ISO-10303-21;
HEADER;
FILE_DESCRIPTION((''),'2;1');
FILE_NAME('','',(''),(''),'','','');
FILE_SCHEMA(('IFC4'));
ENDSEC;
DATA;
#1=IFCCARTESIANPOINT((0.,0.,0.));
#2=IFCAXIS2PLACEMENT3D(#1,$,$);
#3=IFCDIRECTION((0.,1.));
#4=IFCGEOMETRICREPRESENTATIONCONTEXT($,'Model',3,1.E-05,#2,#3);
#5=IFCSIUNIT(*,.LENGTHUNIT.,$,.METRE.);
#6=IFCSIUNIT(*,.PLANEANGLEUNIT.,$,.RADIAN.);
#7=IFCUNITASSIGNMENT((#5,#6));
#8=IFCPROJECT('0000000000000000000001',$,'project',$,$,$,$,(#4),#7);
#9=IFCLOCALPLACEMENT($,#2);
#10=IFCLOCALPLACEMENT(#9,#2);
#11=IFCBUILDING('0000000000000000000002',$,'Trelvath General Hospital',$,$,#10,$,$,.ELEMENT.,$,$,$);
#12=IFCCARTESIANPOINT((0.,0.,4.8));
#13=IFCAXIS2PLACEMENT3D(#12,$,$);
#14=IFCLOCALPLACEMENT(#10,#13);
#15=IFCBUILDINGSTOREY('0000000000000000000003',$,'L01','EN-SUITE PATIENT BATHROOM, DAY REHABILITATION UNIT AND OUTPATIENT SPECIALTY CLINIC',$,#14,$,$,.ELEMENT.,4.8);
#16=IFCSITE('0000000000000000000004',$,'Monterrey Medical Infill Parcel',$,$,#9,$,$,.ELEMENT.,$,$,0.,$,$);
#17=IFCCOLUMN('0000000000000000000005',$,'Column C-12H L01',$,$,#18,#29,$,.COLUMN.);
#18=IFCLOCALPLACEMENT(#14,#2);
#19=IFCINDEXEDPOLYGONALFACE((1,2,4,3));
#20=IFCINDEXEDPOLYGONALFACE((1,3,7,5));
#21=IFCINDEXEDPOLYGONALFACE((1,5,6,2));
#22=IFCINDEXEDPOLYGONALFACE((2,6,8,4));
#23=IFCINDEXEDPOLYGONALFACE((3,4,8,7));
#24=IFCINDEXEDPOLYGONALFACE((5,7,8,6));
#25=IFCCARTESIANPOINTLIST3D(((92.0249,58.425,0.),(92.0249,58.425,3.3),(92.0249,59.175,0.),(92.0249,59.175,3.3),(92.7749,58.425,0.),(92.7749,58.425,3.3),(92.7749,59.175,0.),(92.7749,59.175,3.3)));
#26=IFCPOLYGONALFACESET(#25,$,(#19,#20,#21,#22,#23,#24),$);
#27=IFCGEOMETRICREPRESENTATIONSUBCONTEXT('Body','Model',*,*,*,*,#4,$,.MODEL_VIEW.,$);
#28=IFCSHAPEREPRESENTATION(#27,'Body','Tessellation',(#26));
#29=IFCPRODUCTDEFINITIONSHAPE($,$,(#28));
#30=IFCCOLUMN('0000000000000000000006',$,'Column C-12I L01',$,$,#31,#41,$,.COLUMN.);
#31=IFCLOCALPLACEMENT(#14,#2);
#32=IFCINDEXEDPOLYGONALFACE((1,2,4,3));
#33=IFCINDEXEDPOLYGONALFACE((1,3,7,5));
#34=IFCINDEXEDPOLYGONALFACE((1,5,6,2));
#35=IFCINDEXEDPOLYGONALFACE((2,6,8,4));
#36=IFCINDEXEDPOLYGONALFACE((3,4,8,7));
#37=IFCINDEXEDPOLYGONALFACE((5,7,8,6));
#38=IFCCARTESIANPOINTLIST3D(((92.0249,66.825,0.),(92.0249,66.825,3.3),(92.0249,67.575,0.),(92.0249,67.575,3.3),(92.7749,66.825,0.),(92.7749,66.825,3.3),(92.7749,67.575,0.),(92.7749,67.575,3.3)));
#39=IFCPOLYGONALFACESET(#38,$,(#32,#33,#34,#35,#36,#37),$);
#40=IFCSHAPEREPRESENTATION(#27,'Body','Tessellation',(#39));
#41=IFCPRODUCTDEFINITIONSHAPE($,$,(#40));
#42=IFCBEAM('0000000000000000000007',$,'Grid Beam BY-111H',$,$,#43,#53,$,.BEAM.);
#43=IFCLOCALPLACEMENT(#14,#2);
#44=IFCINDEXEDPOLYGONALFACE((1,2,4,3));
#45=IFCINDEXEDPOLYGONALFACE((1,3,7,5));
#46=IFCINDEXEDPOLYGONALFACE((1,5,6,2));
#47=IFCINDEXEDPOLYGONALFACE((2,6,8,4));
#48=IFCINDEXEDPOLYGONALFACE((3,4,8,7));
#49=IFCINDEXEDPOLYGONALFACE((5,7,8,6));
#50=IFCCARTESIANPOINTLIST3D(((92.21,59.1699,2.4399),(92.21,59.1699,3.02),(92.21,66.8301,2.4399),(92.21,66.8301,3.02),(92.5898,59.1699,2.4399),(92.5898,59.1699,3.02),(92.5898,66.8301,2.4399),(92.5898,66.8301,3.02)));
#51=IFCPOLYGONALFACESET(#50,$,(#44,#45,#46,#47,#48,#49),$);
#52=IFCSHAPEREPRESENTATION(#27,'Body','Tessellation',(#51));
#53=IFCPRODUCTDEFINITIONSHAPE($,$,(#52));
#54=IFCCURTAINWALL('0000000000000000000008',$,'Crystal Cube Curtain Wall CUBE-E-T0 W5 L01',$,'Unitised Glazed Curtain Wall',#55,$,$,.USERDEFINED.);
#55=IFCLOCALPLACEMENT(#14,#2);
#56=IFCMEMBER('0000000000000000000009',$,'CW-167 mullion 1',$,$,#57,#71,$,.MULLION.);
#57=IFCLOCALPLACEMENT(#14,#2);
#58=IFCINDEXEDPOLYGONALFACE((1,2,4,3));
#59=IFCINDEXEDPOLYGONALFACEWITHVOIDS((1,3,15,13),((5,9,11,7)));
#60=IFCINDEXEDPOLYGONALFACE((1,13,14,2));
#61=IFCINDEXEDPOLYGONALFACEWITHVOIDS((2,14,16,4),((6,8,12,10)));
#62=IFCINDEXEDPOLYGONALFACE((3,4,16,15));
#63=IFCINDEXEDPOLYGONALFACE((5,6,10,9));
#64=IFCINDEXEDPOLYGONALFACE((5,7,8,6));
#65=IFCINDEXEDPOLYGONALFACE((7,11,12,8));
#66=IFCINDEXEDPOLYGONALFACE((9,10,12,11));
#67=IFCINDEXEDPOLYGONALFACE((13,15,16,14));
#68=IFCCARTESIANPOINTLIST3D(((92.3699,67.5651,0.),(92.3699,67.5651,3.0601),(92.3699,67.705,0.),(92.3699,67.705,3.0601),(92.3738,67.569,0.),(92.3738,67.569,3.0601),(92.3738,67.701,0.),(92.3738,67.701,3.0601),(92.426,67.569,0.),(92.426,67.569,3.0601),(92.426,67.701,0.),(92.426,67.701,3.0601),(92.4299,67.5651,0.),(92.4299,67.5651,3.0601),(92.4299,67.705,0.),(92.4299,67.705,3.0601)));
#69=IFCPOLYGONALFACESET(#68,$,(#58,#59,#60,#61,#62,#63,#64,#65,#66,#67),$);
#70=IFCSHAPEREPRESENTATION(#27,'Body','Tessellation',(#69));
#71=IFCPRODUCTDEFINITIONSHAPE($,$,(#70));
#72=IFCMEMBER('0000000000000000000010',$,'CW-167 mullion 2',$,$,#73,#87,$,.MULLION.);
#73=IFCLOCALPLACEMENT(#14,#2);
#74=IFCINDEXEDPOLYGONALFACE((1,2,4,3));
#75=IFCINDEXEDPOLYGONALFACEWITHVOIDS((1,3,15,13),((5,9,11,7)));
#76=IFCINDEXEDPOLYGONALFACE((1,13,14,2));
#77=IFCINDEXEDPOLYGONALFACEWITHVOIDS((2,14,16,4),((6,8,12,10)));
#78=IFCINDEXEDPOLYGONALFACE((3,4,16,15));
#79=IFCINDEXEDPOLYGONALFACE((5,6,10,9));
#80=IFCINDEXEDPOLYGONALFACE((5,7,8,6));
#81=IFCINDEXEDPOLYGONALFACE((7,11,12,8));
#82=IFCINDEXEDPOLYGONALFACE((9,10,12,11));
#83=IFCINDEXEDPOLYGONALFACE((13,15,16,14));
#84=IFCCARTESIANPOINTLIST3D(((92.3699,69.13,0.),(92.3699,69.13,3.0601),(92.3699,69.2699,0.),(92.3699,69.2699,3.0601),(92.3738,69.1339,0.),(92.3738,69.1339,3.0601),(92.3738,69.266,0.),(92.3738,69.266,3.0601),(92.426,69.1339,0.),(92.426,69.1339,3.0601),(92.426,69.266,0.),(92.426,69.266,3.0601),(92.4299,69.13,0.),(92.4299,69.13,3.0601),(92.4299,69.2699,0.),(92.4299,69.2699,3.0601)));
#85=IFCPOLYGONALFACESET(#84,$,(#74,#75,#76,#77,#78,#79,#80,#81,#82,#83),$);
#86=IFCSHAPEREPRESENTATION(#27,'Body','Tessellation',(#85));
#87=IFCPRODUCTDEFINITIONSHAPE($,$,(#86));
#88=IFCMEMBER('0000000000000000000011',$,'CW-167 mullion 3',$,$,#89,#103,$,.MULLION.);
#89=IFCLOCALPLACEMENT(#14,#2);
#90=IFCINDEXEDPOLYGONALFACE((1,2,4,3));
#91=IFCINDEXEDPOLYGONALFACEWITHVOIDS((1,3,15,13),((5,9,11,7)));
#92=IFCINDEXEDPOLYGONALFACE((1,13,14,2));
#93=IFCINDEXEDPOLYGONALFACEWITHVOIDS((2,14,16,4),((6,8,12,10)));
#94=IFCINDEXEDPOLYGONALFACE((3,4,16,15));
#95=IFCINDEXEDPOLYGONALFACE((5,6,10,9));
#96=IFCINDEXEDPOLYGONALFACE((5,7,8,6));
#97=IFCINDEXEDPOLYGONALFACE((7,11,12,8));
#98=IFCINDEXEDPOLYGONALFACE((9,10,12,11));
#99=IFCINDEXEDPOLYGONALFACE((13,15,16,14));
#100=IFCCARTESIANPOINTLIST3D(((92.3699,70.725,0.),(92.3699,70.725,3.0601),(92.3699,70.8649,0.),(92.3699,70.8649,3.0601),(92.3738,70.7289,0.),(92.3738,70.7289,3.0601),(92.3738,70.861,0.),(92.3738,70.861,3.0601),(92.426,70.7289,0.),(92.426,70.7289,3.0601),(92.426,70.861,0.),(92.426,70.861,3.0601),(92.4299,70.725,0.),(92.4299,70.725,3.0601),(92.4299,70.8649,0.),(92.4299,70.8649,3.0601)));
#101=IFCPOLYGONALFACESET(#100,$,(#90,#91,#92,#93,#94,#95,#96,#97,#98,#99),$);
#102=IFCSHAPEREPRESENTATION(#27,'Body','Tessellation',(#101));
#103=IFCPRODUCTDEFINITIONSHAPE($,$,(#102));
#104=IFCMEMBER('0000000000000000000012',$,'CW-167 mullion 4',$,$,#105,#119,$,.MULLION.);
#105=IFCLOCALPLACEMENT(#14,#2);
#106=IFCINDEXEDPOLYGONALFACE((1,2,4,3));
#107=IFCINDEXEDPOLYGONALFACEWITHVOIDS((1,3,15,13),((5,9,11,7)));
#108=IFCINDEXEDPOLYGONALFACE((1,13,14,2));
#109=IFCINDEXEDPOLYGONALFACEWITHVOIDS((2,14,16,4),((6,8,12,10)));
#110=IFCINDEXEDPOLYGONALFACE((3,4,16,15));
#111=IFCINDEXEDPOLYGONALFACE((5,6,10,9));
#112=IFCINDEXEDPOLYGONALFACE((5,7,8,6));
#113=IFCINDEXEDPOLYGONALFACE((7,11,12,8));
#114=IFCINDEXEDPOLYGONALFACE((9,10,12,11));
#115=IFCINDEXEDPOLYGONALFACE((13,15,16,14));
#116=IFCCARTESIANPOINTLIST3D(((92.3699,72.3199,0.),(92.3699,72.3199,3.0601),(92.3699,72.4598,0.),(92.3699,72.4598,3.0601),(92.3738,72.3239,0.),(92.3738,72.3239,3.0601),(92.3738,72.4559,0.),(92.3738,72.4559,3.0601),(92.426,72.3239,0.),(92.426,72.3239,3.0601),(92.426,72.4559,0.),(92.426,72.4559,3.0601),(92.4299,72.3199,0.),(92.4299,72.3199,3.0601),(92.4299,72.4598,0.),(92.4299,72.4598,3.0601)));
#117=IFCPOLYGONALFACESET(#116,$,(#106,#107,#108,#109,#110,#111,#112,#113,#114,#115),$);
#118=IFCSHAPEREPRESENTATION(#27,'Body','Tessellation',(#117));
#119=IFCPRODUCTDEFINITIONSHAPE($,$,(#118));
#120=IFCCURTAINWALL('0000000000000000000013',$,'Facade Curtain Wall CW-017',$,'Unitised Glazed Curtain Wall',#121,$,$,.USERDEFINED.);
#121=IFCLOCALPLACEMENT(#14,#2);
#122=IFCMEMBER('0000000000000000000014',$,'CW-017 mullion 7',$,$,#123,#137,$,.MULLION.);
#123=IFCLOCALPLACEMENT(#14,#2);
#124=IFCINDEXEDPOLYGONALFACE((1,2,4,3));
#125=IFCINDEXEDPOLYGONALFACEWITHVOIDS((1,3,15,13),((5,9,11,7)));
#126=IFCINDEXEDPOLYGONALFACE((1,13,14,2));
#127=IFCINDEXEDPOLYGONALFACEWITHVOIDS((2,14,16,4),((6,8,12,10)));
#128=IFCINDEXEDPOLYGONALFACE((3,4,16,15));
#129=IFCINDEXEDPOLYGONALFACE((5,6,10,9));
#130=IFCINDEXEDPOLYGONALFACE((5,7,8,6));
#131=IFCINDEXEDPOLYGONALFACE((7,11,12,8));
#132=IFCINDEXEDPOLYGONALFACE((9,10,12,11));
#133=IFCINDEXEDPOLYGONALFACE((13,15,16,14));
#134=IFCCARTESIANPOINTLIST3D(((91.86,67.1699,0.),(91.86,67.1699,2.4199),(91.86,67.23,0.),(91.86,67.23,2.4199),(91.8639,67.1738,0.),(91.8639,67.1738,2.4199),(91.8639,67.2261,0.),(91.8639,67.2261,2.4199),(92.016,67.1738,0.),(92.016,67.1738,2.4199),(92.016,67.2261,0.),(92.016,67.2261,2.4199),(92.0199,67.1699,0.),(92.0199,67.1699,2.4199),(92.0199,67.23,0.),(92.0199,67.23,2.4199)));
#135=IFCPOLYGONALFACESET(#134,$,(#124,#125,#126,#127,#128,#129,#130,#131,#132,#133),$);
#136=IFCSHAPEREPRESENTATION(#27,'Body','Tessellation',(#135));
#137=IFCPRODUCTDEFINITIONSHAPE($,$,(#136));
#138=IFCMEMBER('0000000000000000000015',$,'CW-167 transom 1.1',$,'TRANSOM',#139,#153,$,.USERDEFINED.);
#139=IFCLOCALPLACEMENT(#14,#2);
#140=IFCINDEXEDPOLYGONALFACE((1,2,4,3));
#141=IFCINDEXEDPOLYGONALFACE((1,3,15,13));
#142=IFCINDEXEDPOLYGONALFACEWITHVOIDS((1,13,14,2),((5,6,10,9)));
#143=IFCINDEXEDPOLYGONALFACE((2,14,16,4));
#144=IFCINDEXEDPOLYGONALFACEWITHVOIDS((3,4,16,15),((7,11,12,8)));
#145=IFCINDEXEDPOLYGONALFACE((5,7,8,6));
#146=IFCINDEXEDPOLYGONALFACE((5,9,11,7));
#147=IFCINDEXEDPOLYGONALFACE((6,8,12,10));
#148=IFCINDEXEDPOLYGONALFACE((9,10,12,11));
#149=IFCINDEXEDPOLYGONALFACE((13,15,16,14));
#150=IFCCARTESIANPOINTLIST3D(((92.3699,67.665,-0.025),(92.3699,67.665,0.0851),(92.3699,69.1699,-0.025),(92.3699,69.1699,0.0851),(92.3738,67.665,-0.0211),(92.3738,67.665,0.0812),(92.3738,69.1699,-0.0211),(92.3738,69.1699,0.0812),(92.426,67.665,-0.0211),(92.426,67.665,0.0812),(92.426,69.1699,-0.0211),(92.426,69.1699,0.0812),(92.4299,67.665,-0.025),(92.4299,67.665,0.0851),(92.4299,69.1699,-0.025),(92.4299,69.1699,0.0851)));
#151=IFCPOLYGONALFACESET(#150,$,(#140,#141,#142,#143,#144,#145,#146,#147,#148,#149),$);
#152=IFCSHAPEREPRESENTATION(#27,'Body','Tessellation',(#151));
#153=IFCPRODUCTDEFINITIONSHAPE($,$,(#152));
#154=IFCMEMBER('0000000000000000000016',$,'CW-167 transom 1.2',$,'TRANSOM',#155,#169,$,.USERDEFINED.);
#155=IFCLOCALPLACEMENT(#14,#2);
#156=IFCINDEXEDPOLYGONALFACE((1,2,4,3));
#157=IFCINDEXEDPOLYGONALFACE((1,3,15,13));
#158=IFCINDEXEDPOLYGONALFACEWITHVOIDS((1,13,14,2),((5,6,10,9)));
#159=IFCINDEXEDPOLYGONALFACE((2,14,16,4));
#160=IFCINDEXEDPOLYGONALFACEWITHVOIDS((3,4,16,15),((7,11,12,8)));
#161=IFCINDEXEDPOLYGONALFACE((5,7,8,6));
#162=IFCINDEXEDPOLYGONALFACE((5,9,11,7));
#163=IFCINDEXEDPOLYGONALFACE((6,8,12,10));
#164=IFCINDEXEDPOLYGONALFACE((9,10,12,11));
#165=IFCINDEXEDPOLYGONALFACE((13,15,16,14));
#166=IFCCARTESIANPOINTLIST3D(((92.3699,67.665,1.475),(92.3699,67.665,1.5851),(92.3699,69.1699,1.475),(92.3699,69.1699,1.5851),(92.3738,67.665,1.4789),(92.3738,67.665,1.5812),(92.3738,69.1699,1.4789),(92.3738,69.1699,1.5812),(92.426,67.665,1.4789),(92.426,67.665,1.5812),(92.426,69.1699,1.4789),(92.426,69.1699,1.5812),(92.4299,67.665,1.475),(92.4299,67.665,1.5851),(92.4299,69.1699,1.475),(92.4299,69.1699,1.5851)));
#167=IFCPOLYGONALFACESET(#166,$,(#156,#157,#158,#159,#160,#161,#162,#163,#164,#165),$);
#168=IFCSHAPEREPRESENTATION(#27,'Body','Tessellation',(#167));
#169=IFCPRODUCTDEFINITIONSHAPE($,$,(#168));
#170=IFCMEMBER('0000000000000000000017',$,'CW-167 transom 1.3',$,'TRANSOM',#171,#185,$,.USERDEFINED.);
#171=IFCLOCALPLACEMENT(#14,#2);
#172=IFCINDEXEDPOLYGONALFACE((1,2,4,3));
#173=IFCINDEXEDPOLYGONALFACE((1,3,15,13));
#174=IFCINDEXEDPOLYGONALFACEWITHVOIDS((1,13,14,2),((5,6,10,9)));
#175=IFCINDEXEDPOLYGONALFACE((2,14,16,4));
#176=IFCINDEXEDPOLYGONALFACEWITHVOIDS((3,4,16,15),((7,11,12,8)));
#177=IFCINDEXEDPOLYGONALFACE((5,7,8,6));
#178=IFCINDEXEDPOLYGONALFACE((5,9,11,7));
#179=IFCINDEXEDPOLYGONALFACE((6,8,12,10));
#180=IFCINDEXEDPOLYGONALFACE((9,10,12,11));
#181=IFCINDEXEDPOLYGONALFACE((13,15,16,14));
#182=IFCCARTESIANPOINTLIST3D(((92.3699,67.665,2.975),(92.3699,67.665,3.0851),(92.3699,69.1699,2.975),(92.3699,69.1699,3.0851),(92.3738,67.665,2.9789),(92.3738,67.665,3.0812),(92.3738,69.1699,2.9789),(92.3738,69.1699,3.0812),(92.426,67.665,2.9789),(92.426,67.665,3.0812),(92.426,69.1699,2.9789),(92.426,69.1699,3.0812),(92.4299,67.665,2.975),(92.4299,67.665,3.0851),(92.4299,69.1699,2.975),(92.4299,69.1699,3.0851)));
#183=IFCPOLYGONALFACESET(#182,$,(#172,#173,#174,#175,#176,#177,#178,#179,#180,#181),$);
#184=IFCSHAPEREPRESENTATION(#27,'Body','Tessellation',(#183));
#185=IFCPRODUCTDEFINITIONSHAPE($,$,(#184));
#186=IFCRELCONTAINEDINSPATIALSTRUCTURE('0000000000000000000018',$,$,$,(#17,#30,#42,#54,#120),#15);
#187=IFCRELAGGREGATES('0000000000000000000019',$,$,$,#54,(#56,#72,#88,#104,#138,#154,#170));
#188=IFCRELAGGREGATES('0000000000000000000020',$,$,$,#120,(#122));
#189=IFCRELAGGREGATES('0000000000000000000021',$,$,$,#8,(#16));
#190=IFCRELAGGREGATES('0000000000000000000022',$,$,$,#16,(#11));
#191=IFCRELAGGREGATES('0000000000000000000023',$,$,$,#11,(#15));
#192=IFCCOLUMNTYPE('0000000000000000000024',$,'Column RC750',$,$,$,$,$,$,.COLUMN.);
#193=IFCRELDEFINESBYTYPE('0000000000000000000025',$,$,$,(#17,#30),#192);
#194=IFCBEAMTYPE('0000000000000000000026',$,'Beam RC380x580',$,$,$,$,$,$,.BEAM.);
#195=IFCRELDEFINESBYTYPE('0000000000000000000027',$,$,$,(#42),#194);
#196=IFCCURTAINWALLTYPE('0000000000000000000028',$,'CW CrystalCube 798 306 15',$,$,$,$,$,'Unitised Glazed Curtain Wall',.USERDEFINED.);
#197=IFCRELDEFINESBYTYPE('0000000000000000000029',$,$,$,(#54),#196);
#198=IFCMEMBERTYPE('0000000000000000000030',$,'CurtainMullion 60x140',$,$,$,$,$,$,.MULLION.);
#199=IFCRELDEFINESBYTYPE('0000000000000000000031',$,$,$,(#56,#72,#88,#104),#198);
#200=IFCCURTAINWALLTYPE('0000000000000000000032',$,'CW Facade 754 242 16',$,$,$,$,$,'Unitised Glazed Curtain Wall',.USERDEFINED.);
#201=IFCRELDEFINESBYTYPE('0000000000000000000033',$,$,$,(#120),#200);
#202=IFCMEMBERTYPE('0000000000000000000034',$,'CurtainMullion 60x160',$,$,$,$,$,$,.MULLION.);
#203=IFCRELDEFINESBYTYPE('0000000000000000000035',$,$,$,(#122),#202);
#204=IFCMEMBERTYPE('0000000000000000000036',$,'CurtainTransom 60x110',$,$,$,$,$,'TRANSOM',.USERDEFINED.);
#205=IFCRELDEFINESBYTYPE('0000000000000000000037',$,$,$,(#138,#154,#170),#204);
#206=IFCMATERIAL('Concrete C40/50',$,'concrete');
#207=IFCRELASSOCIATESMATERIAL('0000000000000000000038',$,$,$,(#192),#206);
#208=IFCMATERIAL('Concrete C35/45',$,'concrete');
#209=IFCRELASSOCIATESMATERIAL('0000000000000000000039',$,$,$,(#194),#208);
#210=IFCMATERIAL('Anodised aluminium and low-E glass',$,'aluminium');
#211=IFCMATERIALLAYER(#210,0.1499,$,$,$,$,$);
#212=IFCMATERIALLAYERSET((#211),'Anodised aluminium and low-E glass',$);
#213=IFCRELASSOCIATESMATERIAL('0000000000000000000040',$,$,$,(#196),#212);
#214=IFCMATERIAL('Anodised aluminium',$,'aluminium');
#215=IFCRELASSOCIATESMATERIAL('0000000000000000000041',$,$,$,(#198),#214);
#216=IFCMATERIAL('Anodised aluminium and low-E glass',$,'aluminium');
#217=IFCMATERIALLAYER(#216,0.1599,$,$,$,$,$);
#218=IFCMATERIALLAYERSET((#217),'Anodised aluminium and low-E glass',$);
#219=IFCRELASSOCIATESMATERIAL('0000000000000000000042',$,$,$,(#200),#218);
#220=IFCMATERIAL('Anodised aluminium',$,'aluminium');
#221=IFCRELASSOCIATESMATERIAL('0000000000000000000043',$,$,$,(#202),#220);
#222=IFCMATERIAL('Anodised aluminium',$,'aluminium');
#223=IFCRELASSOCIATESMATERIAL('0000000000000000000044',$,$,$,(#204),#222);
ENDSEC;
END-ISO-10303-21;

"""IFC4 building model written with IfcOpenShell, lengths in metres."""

from ifc_helpers import new_model, si_unit, direction, frame, origin, origin_2d, place, context, subcontext, project, spatial, rectangle, hollow_rectangle, extrude, material, layer, layer_set, material_profile, profile_set, type_object, element, aggregate, save


model = new_model("IFC4")

# Units and contexts
model_context = context("Model", 3, precision=1e-05, world=origin(), true_north=direction((0.0, 1.0)))
body_context = subcontext(model_context, "Body", "Model", "MODEL_VIEW")
ifc_project = project(units=[si_unit("LENGTHUNIT", "METRE"), si_unit("PLANEANGLEUNIT", "RADIAN")], contexts=[model_context])

# Site, building, storey
site_placement = place(None, origin())
site = spatial("IfcSite", under=ifc_project, at=site_placement, Name="Monterrey Medical Infill Parcel", CompositionType="ELEMENT", RefElevation=0.0)
building_placement = place(site_placement, origin())
building = spatial("IfcBuilding", under=site, at=building_placement, Name="Trelvath General Hospital", CompositionType="ELEMENT")
storey_placement = place(building_placement, frame((0.0, 0.0, 4.8)))
storey = spatial("IfcBuildingStorey", under=building, at=storey_placement, Name="L01", Description="EN-SUITE PATIENT BATHROOM, DAY REHABILITATION UNIT AND OUTPATIENT SPECIALTY CLINIC", CompositionType="ELEMENT", Elevation=4.8)

# Columns
ifc_material_1 = material(Name="Concrete C40/50", Category="concrete")
ifc_material_profile_1 = material_profile(ifc_material_1, rectangle(XDim=0.75, YDim=0.75, at=origin_2d()), Name="RC750x750")
ifc_profile_set_1 = profile_set([ifc_material_profile_1], Name="Concrete C40/50")
column_type = type_object("IfcColumnType", Name="Column RC750", PredefinedType="COLUMN", material=ifc_profile_set_1)
for number, where, z_axis, x_axis, name in (
    (1, (92.3999, 58.8, 0.0), (0.0, 0.0, 1.0), (1.0, 0.0, 0.0), "Column C-12H L01"),
    (2, (92.3999, 67.2, 0.0), (0.0, 0.0, 1.0), (1.0, 0.0, 0.0), "Column C-12I L01"),
):
    element("IfcColumn", number, at=place(storey_placement, frame(where, z_axis=z_axis, x_axis=x_axis)), inside=storey, type_object=column_type, Name=name, PredefinedType="COLUMN", context=body_context, shape_type="SweptSolid", body=[
        extrude(rectangle(XDim=0.75, YDim=0.75, at=origin_2d()), origin(), (0.0, 0.0, 1.0), 3.3),
    ])

# Beam
ifc_material_2 = material(Name="Concrete C35/45", Category="concrete")
ifc_material_profile_2 = material_profile(ifc_material_2, rectangle(XDim=0.3799, YDim=0.5801, at=origin_2d()), Name="RCB380x580")
ifc_profile_set_2 = profile_set([ifc_material_profile_2], Name="Concrete C35/45")
beam_type = type_object("IfcBeamType", Name="Beam RC380x580", PredefinedType="BEAM", material=ifc_profile_set_2)
beam_placement = place(storey_placement, frame((92.3999, 59.1699, 2.73), z_axis=(0.0, 1.0, 0.0), x_axis=(-1.0, 0.0, 0.0)))
element("IfcBeam", 3, at=beam_placement, inside=storey, type_object=beam_type, Name="Grid Beam BY-111H", PredefinedType="BEAM", context=body_context, shape_type="SweptSolid", body=[
    extrude(rectangle(XDim=0.3799, YDim=0.5801, at=origin_2d()), origin(), (0.0, 0.0, 1.0), 7.6602),
])

# Curtain wall, members
ifc_material_3 = material(Name="Anodised aluminium and low-E glass", Category="aluminium")
ifc_layer_1 = layer(ifc_material_3, 0.1499)
ifc_layer_set_1 = layer_set([ifc_layer_1], Name="Anodised aluminium and low-E glass")
curtain_wall_type_1 = type_object("IfcCurtainWallType", Name="CW CrystalCube 798 306 15", ElementType="Unitised Glazed Curtain Wall", PredefinedType="USERDEFINED", material=ifc_layer_set_1)
curtain_wall_1_placement = place(storey_placement, origin())
curtain_wall_1 = element("IfcCurtainWall", 4, at=curtain_wall_1_placement, inside=storey, type_object=curtain_wall_type_1, Name="Crystal Cube Curtain Wall CUBE-E-T0 W5 L01", ObjectType="Unitised Glazed Curtain Wall", PredefinedType="USERDEFINED")
ifc_material_4 = material(Name="Anodised aluminium", Category="aluminium")
ifc_material_profile_3 = material_profile(ifc_material_4, hollow_rectangle(XDim=0.0601, YDim=0.1399, WallThickness=0.0039, at=origin_2d()), Name="RHS60x140x4")
ifc_profile_set_3 = profile_set([ifc_material_profile_3], Name="Anodised aluminium")
member_type_1 = type_object("IfcMemberType", Name="CurtainMullion 60x140", PredefinedType="MULLION", material=ifc_profile_set_3)
member_1_placement = place(storey_placement, frame((92.3999, 67.635, 0.0), z_axis=(0.0, 0.0, 1.0), x_axis=(-1.0, 0.0, 0.0)))
member_1 = element("IfcMember", 5, at=member_1_placement, type_object=member_type_1, Name="CW-167 mullion 1", PredefinedType="MULLION", context=body_context, shape_type="SweptSolid", body=[
    extrude(hollow_rectangle(XDim=0.0601, YDim=0.1399, WallThickness=0.0039, at=origin_2d()), origin(), (0.0, 0.0, 1.0), 3.0601),
])
member_2_placement = place(storey_placement, frame((92.3999, 69.2, 0.0), z_axis=(0.0, 0.0, 1.0), x_axis=(-1.0, 0.0, 0.0)))
member_2 = element("IfcMember", 6, at=member_2_placement, type_object=member_type_1, Name="CW-167 mullion 2", PredefinedType="MULLION", context=body_context, shape_type="SweptSolid", body=[
    extrude(hollow_rectangle(XDim=0.0601, YDim=0.1399, WallThickness=0.0039, at=origin_2d()), origin(), (0.0, 0.0, 1.0), 3.0601),
])
member_3_placement = place(storey_placement, frame((92.3999, 70.7949, 0.0), z_axis=(0.0, 0.0, 1.0), x_axis=(-1.0, 0.0, 0.0)))
member_3 = element("IfcMember", 7, at=member_3_placement, type_object=member_type_1, Name="CW-167 mullion 3", PredefinedType="MULLION", context=body_context, shape_type="SweptSolid", body=[
    extrude(hollow_rectangle(XDim=0.0601, YDim=0.1399, WallThickness=0.0039, at=origin_2d()), origin(), (0.0, 0.0, 1.0), 3.0601),
])
member_4_placement = place(storey_placement, frame((92.3999, 72.3899, 0.0), z_axis=(0.0, 0.0, 1.0), x_axis=(-1.0, 0.0, 0.0)))
member_4 = element("IfcMember", 8, at=member_4_placement, type_object=member_type_1, Name="CW-167 mullion 4", PredefinedType="MULLION", context=body_context, shape_type="SweptSolid", body=[
    extrude(hollow_rectangle(XDim=0.0601, YDim=0.1399, WallThickness=0.0039, at=origin_2d()), origin(), (0.0, 0.0, 1.0), 3.0601),
])

# Curtain wall, member
ifc_material_5 = material(Name="Anodised aluminium and low-E glass", Category="aluminium")
ifc_layer_2 = layer(ifc_material_5, 0.1599)
ifc_layer_set_2 = layer_set([ifc_layer_2], Name="Anodised aluminium and low-E glass")
curtain_wall_type_2 = type_object("IfcCurtainWallType", Name="CW Facade 754 242 16", ElementType="Unitised Glazed Curtain Wall", PredefinedType="USERDEFINED", material=ifc_layer_set_2)
curtain_wall_2_placement = place(storey_placement, origin())
curtain_wall_2 = element("IfcCurtainWall", 9, at=curtain_wall_2_placement, inside=storey, type_object=curtain_wall_type_2, Name="Facade Curtain Wall CW-017", ObjectType="Unitised Glazed Curtain Wall", PredefinedType="USERDEFINED")
ifc_material_6 = material(Name="Anodised aluminium", Category="aluminium")
ifc_material_profile_4 = material_profile(ifc_material_6, hollow_rectangle(XDim=0.0601, YDim=0.1599, WallThickness=0.0039, at=origin_2d()), Name="RHS60x160x4")
ifc_profile_set_4 = profile_set([ifc_material_profile_4], Name="Anodised aluminium")
member_type_2 = type_object("IfcMemberType", Name="CurtainMullion 60x160", PredefinedType="MULLION", material=ifc_profile_set_4)
member_5_placement = place(storey_placement, frame((91.9399, 67.2, 0.0), z_axis=(0.0, 0.0, 1.0), x_axis=(0.0, 1.0, 0.0)))
member_5 = element("IfcMember", 10, at=member_5_placement, type_object=member_type_2, Name="CW-017 mullion 7", PredefinedType="MULLION", context=body_context, shape_type="SweptSolid", body=[
    extrude(hollow_rectangle(XDim=0.0601, YDim=0.1599, WallThickness=0.0039, at=origin_2d()), origin(), (0.0, 0.0, 1.0), 2.4199),
])

# Members
ifc_material_7 = material(Name="Anodised aluminium", Category="aluminium")
ifc_material_profile_5 = material_profile(ifc_material_7, hollow_rectangle(XDim=0.0601, YDim=0.1101, WallThickness=0.0039, at=origin_2d()), Name="RHS60x110x4")
ifc_profile_set_5 = profile_set([ifc_material_profile_5], Name="Anodised aluminium")
member_type_3 = type_object("IfcMemberType", Name="CurtainTransom 60x110", ElementType="TRANSOM", PredefinedType="USERDEFINED", material=ifc_profile_set_5)
member_6_placement = place(storey_placement, frame((92.3999, 67.665, 0.03), z_axis=(0.0, 1.0, 0.0), x_axis=(-1.0, 0.0, 0.0)))
member_6 = element("IfcMember", 11, at=member_6_placement, type_object=member_type_3, Name="CW-167 transom 1.1", ObjectType="TRANSOM", PredefinedType="USERDEFINED", context=body_context, shape_type="SweptSolid", body=[
    extrude(hollow_rectangle(XDim=0.0601, YDim=0.1101, WallThickness=0.0039, at=origin_2d()), origin(), (0.0, 0.0, 1.0), 1.5049),
])
member_7_placement = place(storey_placement, frame((92.3999, 67.665, 1.53), z_axis=(0.0, 1.0, 0.0), x_axis=(-1.0, 0.0, 0.0)))
member_7 = element("IfcMember", 12, at=member_7_placement, type_object=member_type_3, Name="CW-167 transom 1.2", ObjectType="TRANSOM", PredefinedType="USERDEFINED", context=body_context, shape_type="SweptSolid", body=[
    extrude(hollow_rectangle(XDim=0.0601, YDim=0.1101, WallThickness=0.0039, at=origin_2d()), origin(), (0.0, 0.0, 1.0), 1.5049),
])
member_8_placement = place(storey_placement, frame((92.3999, 67.665, 3.03), z_axis=(0.0, 1.0, 0.0), x_axis=(-1.0, 0.0, 0.0)))
member_8 = element("IfcMember", 13, at=member_8_placement, type_object=member_type_3, Name="CW-167 transom 1.3", ObjectType="TRANSOM", PredefinedType="USERDEFINED", context=body_context, shape_type="SweptSolid", body=[
    extrude(hollow_rectangle(XDim=0.0601, YDim=0.1101, WallThickness=0.0039, at=origin_2d()), origin(), (0.0, 0.0, 1.0), 1.5049),
])

aggregate(curtain_wall_1, [member_1, member_2, member_3, member_4, member_6, member_7, member_8])
aggregate(curtain_wall_2, [member_5])

save(model, "model.ifc")
